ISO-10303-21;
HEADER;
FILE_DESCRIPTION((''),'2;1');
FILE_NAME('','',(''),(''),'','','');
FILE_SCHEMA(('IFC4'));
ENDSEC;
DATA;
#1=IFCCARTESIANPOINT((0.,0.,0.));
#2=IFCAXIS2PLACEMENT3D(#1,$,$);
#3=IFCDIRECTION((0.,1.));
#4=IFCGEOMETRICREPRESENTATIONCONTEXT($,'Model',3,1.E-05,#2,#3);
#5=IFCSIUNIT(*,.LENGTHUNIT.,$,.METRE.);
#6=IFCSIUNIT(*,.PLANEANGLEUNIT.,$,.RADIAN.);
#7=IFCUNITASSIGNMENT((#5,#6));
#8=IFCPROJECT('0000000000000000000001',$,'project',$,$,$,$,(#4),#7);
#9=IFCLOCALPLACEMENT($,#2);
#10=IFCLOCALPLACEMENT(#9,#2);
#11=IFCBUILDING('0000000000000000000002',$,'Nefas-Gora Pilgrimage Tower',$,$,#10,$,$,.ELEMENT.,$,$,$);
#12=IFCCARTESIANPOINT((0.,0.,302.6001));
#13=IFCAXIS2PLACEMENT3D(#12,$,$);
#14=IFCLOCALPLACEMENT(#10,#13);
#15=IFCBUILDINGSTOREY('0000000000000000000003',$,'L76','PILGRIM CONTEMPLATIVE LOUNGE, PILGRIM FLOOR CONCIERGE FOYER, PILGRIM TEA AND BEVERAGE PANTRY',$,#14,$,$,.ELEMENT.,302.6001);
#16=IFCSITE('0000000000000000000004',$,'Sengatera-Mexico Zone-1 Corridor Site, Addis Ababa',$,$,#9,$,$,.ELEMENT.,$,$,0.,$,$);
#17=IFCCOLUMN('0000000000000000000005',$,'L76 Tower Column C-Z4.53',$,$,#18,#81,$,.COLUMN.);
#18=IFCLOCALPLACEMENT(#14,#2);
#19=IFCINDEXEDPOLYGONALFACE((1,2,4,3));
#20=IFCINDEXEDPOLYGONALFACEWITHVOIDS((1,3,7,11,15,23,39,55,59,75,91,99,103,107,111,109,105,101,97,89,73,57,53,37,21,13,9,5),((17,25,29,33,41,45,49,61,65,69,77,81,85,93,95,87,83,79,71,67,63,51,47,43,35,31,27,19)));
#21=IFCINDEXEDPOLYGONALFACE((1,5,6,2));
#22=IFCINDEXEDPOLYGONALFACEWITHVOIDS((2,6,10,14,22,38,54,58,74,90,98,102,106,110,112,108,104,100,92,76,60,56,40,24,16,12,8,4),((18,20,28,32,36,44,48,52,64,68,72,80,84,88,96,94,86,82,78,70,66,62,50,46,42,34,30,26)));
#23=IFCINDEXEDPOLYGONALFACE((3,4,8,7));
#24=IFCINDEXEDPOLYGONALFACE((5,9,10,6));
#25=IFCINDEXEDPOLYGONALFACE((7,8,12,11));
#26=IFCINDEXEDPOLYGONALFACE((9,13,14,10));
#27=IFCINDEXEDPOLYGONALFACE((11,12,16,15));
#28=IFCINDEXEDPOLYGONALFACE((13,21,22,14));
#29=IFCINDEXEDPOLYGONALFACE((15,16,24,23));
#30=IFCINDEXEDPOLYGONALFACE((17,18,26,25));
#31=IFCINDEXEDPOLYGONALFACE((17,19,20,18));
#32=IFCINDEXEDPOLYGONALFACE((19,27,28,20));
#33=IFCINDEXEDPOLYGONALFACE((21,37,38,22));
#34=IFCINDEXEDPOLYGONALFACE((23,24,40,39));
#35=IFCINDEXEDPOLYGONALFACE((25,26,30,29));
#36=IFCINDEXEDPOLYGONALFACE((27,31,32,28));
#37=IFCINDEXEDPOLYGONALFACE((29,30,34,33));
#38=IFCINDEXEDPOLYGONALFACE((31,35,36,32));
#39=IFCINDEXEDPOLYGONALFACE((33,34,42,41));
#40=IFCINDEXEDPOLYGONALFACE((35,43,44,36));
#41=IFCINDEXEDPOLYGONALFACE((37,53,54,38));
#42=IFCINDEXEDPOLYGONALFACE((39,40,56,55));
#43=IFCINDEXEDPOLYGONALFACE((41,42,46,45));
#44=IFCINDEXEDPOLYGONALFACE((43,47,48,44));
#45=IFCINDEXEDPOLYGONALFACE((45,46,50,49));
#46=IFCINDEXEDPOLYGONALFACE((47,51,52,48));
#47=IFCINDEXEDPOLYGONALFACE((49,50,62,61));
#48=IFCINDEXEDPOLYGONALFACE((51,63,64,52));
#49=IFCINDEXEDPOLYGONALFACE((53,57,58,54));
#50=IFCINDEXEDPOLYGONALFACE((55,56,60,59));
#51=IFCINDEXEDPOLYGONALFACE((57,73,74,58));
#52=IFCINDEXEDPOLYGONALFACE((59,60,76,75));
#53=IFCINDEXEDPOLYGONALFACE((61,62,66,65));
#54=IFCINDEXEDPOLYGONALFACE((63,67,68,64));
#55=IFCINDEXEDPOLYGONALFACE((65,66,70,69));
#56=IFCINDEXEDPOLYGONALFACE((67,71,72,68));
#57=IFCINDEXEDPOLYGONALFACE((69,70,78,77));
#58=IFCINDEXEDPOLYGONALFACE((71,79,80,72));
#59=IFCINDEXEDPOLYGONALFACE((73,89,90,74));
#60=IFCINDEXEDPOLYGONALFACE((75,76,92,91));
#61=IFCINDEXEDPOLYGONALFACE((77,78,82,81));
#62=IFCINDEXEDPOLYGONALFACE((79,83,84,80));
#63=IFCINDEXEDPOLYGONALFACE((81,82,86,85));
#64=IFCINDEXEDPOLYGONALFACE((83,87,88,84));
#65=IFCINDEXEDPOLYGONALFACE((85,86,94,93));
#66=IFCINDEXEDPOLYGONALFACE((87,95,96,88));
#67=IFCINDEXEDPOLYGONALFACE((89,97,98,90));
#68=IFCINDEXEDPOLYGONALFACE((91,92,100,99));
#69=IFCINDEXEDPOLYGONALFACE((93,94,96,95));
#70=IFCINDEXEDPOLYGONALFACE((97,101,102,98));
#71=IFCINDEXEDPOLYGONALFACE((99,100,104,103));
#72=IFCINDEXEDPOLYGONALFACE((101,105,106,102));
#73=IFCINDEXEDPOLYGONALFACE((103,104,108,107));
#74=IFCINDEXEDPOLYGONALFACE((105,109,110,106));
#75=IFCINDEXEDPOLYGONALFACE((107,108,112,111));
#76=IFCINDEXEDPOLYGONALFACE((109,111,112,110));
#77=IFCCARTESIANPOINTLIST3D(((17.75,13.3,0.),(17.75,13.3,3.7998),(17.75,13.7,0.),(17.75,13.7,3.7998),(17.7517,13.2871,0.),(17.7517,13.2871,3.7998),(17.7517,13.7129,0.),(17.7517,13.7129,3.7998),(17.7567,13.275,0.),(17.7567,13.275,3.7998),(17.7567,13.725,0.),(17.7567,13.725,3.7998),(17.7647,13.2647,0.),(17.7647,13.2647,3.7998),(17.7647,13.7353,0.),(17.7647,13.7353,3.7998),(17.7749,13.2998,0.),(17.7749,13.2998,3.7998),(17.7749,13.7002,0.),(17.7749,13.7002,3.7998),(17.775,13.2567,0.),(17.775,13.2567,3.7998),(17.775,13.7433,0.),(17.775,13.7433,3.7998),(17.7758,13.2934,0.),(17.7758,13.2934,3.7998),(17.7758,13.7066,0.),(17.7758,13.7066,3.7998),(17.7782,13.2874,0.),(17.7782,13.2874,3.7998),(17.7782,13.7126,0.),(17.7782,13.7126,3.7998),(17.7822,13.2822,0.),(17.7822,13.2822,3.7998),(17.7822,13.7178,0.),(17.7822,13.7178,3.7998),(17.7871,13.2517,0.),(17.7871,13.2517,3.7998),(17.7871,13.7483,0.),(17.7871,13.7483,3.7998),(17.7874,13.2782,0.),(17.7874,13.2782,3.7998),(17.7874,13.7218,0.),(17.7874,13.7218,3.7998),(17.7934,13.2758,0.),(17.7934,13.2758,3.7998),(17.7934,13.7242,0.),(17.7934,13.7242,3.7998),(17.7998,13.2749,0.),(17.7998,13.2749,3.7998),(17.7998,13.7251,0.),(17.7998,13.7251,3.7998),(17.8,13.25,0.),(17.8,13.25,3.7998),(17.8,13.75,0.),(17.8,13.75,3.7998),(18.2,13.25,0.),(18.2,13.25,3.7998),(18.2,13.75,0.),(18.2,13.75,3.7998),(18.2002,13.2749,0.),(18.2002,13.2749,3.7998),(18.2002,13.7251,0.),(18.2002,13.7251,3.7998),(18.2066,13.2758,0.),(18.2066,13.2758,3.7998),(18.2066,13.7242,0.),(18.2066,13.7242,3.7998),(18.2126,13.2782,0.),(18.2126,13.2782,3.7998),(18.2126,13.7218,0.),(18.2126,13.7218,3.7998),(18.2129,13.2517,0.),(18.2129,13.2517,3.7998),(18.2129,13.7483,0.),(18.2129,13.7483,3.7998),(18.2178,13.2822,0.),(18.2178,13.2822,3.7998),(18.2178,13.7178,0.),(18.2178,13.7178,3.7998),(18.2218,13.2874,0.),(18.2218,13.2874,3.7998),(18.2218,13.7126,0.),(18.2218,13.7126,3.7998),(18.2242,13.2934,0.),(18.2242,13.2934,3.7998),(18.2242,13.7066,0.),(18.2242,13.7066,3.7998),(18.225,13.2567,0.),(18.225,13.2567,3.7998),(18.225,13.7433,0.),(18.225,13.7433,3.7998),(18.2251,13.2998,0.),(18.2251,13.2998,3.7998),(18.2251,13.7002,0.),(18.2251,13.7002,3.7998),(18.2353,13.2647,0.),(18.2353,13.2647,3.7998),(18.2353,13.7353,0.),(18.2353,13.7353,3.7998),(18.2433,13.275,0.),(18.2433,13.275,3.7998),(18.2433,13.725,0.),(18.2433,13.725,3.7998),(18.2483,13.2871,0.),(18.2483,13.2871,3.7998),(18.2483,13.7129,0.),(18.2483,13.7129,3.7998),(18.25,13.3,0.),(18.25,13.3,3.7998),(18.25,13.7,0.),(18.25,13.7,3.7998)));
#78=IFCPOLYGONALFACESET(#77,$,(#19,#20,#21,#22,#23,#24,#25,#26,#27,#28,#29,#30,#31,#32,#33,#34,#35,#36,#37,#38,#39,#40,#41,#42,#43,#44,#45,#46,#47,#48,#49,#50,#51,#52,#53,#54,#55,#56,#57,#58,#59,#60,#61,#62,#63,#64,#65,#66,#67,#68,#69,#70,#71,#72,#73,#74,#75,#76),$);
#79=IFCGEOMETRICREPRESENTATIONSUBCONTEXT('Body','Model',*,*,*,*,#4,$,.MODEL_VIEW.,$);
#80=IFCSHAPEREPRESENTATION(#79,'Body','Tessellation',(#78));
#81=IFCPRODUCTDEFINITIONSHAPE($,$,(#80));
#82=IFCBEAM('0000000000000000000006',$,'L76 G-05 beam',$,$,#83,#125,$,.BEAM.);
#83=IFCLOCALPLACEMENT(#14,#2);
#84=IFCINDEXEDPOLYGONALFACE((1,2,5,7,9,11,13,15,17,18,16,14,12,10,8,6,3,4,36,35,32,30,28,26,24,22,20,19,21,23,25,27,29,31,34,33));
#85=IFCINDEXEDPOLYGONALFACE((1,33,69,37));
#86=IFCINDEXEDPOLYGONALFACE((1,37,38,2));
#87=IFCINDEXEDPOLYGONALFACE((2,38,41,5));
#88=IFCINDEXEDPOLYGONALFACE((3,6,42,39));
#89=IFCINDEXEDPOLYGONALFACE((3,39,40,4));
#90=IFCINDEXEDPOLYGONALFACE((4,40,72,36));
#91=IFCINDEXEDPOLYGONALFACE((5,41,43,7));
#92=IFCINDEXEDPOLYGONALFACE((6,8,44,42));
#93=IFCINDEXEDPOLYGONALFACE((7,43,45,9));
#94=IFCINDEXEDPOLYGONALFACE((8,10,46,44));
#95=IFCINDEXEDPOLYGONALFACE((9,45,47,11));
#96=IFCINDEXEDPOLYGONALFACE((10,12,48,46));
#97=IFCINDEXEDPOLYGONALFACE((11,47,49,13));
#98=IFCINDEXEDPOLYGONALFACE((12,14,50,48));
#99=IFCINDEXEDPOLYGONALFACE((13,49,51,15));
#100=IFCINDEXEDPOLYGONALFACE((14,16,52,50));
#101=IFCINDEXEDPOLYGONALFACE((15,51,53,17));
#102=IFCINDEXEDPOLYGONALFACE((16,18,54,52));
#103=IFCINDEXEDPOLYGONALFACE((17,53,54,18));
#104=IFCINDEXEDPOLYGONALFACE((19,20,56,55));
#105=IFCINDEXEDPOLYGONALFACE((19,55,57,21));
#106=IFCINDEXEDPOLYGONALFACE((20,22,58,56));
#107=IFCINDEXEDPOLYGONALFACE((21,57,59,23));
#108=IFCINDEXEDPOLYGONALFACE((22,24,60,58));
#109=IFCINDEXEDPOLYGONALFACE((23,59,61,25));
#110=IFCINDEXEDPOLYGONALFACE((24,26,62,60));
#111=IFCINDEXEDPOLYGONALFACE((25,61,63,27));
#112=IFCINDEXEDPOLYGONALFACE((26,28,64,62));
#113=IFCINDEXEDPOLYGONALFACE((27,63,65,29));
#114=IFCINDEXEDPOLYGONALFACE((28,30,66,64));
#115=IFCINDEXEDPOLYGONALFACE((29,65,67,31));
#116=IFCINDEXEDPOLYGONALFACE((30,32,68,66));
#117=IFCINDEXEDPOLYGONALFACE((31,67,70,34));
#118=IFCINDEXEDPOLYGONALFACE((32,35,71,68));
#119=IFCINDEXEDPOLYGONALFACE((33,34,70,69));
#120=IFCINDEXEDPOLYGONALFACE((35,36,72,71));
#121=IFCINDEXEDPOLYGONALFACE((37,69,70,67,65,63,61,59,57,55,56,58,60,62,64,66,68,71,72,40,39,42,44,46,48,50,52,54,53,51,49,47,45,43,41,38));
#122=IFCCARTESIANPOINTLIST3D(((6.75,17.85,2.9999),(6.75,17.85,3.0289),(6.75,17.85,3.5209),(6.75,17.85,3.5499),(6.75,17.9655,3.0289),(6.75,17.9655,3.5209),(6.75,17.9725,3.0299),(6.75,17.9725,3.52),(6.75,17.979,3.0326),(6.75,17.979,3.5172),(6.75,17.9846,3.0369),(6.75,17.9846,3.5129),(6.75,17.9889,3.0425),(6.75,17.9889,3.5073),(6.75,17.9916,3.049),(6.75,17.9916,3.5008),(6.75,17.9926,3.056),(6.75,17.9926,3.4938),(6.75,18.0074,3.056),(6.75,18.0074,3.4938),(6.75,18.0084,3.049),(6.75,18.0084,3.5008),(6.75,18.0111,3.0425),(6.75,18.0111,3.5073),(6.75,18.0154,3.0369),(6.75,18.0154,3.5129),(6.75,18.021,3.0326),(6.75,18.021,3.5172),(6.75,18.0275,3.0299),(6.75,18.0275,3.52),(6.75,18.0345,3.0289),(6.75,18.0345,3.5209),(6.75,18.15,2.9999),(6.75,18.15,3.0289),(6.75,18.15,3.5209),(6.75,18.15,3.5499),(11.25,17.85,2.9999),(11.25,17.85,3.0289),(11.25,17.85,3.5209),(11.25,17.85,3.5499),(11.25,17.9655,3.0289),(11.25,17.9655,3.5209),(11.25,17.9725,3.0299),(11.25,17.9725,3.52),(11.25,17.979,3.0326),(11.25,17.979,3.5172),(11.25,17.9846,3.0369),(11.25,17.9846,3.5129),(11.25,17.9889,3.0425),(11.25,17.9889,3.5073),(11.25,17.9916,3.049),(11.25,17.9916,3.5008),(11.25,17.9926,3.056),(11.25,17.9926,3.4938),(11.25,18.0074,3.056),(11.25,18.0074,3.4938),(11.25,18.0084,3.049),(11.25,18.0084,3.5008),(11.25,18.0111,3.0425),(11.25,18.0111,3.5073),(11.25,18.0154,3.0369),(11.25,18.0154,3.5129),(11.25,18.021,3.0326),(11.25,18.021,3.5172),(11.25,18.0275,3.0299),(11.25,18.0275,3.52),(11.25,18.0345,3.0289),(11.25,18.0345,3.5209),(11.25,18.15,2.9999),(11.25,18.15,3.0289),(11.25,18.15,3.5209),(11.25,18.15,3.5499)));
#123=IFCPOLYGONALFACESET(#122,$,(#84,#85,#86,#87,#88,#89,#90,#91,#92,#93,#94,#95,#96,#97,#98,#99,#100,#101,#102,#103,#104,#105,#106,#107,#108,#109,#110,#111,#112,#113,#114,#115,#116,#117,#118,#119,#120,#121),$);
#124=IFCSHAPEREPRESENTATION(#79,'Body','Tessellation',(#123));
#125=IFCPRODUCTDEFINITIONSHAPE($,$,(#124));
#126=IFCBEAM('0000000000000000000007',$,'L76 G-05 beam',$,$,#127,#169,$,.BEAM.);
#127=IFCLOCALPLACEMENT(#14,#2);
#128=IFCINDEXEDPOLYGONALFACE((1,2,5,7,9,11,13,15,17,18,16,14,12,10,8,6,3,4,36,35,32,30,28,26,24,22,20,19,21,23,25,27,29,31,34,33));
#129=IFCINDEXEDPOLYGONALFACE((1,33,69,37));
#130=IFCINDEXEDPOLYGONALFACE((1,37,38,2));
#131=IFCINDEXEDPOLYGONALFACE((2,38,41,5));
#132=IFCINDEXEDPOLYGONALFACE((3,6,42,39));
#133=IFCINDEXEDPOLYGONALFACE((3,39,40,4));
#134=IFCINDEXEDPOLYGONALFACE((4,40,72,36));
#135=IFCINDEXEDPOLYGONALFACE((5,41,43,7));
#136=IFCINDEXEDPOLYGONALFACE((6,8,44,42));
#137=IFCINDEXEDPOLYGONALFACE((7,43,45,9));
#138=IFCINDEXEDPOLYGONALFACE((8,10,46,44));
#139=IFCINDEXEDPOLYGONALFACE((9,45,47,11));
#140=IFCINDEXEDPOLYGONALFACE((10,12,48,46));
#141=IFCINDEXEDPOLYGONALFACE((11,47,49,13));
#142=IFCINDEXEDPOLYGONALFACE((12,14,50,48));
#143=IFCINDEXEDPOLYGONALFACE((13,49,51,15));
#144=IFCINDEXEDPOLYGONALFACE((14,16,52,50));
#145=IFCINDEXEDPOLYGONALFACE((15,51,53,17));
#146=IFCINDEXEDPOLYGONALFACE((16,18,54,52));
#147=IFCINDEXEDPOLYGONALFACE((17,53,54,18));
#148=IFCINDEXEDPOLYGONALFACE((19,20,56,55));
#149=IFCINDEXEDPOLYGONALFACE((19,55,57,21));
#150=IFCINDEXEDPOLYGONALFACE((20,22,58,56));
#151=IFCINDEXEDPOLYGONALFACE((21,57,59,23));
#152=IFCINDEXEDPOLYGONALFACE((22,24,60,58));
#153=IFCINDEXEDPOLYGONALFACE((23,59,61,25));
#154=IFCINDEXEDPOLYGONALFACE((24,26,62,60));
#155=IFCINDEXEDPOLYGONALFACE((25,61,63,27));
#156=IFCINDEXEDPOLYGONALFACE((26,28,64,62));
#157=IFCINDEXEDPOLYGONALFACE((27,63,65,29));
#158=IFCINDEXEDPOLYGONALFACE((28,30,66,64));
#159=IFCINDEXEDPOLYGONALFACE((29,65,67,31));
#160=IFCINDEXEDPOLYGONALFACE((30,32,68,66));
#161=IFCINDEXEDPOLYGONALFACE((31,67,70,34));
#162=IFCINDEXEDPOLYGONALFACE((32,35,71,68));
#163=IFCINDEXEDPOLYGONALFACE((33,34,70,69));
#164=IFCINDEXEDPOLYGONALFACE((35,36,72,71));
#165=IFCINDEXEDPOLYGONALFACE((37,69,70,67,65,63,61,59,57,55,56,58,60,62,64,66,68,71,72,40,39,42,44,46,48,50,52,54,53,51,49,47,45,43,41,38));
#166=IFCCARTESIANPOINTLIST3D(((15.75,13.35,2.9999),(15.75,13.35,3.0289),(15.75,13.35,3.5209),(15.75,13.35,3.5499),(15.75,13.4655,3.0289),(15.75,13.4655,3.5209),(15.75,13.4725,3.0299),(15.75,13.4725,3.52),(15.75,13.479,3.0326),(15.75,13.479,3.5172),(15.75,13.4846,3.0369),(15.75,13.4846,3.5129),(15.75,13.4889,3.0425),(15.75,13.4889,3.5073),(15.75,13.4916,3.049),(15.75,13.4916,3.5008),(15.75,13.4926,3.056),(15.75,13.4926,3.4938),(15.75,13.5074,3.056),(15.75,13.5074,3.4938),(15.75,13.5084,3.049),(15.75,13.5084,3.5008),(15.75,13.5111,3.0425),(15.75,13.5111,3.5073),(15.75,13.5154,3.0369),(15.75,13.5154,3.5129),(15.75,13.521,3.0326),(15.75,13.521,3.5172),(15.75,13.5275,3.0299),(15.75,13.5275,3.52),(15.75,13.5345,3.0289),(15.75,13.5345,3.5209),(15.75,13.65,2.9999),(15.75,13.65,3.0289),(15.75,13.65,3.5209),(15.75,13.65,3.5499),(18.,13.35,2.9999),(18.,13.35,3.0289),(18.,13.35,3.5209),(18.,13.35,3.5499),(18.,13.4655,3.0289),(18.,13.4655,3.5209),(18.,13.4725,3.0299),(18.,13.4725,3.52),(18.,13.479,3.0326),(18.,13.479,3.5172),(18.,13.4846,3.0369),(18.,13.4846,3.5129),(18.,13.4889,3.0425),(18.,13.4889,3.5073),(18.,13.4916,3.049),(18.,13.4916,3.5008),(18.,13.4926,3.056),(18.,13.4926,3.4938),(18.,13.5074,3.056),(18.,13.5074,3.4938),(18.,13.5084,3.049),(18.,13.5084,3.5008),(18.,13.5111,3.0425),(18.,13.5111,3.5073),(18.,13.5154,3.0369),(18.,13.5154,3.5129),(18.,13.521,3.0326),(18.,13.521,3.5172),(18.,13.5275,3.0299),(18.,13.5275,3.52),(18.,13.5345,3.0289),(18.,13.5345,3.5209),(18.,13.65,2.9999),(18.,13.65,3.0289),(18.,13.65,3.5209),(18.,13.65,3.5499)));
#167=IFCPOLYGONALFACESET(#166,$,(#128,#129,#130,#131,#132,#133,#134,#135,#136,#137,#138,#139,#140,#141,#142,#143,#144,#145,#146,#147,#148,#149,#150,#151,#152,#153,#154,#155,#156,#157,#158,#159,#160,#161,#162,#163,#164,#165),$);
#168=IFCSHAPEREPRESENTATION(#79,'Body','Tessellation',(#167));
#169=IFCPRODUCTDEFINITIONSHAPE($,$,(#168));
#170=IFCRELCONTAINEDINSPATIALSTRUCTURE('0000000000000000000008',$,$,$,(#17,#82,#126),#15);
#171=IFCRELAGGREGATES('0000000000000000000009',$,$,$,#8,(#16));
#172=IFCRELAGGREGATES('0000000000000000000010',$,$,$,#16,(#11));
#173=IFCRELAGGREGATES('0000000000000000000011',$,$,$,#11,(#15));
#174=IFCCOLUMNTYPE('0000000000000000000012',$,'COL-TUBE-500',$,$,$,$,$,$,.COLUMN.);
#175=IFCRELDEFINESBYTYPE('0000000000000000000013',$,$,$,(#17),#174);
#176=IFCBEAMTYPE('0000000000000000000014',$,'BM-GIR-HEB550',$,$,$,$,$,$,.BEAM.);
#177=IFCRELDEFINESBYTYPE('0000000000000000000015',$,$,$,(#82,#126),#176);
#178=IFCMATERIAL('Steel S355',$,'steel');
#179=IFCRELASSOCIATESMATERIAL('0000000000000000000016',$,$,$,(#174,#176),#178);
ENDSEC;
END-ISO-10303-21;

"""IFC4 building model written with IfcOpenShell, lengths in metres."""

from ifc_helpers import new_model, si_unit, direction, frame, origin, origin_2d, place, context, subcontext, project, spatial, hollow_rectangle, i_section, extrude, source, transform, mapped, material, material_profile, profile_set, type_object, element, save


model = new_model("IFC4")

# Units and contexts
model_context = context("Model", 3, precision=1e-05, world=origin(), true_north=direction((0.0, 1.0)))
body_context = subcontext(model_context, "Body", "Model", "MODEL_VIEW")
ifc_project = project(units=[si_unit("LENGTHUNIT", "METRE"), si_unit("PLANEANGLEUNIT", "RADIAN")], contexts=[model_context])

# Site, building, storey
site_placement = place(None, origin())
site = spatial("IfcSite", under=ifc_project, at=site_placement, Name="Sengatera-Mexico Zone-1 Corridor Site, Addis Ababa", CompositionType="ELEMENT", RefElevation=0.0)
building_placement = place(site_placement, origin())
building = spatial("IfcBuilding", under=site, at=building_placement, Name="Nefas-Gora Pilgrimage Tower", CompositionType="ELEMENT")
storey_placement = place(building_placement, frame((0.0, 0.0, 302.6001)))
storey = spatial("IfcBuildingStorey", under=building, at=storey_placement, Name="L76", Description="PILGRIM CONTEMPLATIVE LOUNGE, PILGRIM FLOOR CONCIERGE FOYER, PILGRIM TEA AND BEVERAGE PANTRY", CompositionType="ELEMENT", Elevation=302.6001)

# Column
ifc_material_1 = material(Name="Steel S355", Category="steel")
ifc_material_profile_1 = material_profile(ifc_material_1, hollow_rectangle(XDim=0.5, YDim=0.5, WallThickness=0.0249, InnerFilletRadius=0.0249, OuterFilletRadius=0.05, at=origin_2d()), Name="SHS 500x500x25")
ifc_profile_set_1 = profile_set([ifc_material_profile_1], Name="Steel S355")
column_type_1 = type_object("IfcColumnType", Name="COL-TUBE-500", PredefinedType="COLUMN", material=ifc_profile_set_1)
shared_shape_1 = source(origin(), body_context, "Body", "SweptSolid", [
    extrude(hollow_rectangle(XDim=0.5, YDim=0.5, WallThickness=0.0249, InnerFilletRadius=0.0249, OuterFilletRadius=0.05, at=origin_2d()), origin(), (0.0, 0.0, 1.0), 3.7998),
])
column_placement = place(storey_placement, frame((18.0, 13.5, 0.0), z_axis=(0.0, 0.0, 1.0), x_axis=(1.0, 0.0, 0.0)))
element("IfcColumn", 1, at=column_placement, inside=storey, type_object=column_type_1, Name="L76 Tower Column C-Z4.53", PredefinedType="COLUMN", context=body_context, shape_type="MappedRepresentation", body=[
    mapped(shared_shape_1, transform((0.0, 0.0, 0.0), x_axis=(1.0, 0.0, 0.0), y_axis=(0.0, 1.0, 0.0), z_axis=(0.0, 0.0, 1.0), scale=1.0)),
])

# Beams
ifc_material_profile_2 = material_profile(ifc_material_1, i_section(OverallWidth=0.3, OverallDepth=0.55, WebThickness=0.0149, FlangeThickness=0.0291, FilletRadius=0.0271, at=origin_2d()), Name="HEB 550")
ifc_profile_set_2 = profile_set([ifc_material_profile_2], Name="Steel S355")
beam_type = type_object("IfcBeamType", Name="BM-GIR-HEB550", PredefinedType="BEAM", material=ifc_profile_set_2)
shared_shape_2 = source(origin(), body_context, "Body", "SweptSolid", [
    extrude(i_section(OverallWidth=0.3, OverallDepth=0.55, WebThickness=0.0149, FlangeThickness=0.0291, FilletRadius=0.0271, at=origin_2d()), origin(), (0.0, 0.0, 1.0), 4.5),
])
beam_1_placement = place(storey_placement, frame((6.75, 18.0, 3.2749), z_axis=(1.0, 0.0, 0.0), x_axis=(0.0, 1.0, 0.0)))
element("IfcBeam", 2, at=beam_1_placement, inside=storey, type_object=beam_type, Name="L76 G-05 beam", PredefinedType="BEAM", context=body_context, shape_type="MappedRepresentation", body=[
    mapped(shared_shape_2, transform((0.0, 0.0, 0.0), x_axis=(1.0, 0.0, 0.0), y_axis=(0.0, 1.0, 0.0), z_axis=(0.0, 0.0, 1.0), scale=1.0)),
])
shared_shape_3 = source(origin(), body_context, "Body", "SweptSolid", [
    extrude(i_section(OverallWidth=0.3, OverallDepth=0.55, WebThickness=0.0149, FlangeThickness=0.0291, FilletRadius=0.0271, at=origin_2d()), origin(), (0.0, 0.0, 1.0), 2.25),
])
beam_2_placement = place(storey_placement, frame((15.75, 13.5, 3.2749), z_axis=(1.0, 0.0, 0.0), x_axis=(0.0, 1.0, 0.0)))
element("IfcBeam", 3, at=beam_2_placement, inside=storey, type_object=beam_type, Name="L76 G-05 beam", PredefinedType="BEAM", context=body_context, shape_type="MappedRepresentation", body=[
    mapped(shared_shape_3, transform((0.0, 0.0, 0.0), x_axis=(1.0, 0.0, 0.0), y_axis=(0.0, 1.0, 0.0), z_axis=(0.0, 0.0, 1.0), scale=1.0)),
])

save(model, "model.ifc")
